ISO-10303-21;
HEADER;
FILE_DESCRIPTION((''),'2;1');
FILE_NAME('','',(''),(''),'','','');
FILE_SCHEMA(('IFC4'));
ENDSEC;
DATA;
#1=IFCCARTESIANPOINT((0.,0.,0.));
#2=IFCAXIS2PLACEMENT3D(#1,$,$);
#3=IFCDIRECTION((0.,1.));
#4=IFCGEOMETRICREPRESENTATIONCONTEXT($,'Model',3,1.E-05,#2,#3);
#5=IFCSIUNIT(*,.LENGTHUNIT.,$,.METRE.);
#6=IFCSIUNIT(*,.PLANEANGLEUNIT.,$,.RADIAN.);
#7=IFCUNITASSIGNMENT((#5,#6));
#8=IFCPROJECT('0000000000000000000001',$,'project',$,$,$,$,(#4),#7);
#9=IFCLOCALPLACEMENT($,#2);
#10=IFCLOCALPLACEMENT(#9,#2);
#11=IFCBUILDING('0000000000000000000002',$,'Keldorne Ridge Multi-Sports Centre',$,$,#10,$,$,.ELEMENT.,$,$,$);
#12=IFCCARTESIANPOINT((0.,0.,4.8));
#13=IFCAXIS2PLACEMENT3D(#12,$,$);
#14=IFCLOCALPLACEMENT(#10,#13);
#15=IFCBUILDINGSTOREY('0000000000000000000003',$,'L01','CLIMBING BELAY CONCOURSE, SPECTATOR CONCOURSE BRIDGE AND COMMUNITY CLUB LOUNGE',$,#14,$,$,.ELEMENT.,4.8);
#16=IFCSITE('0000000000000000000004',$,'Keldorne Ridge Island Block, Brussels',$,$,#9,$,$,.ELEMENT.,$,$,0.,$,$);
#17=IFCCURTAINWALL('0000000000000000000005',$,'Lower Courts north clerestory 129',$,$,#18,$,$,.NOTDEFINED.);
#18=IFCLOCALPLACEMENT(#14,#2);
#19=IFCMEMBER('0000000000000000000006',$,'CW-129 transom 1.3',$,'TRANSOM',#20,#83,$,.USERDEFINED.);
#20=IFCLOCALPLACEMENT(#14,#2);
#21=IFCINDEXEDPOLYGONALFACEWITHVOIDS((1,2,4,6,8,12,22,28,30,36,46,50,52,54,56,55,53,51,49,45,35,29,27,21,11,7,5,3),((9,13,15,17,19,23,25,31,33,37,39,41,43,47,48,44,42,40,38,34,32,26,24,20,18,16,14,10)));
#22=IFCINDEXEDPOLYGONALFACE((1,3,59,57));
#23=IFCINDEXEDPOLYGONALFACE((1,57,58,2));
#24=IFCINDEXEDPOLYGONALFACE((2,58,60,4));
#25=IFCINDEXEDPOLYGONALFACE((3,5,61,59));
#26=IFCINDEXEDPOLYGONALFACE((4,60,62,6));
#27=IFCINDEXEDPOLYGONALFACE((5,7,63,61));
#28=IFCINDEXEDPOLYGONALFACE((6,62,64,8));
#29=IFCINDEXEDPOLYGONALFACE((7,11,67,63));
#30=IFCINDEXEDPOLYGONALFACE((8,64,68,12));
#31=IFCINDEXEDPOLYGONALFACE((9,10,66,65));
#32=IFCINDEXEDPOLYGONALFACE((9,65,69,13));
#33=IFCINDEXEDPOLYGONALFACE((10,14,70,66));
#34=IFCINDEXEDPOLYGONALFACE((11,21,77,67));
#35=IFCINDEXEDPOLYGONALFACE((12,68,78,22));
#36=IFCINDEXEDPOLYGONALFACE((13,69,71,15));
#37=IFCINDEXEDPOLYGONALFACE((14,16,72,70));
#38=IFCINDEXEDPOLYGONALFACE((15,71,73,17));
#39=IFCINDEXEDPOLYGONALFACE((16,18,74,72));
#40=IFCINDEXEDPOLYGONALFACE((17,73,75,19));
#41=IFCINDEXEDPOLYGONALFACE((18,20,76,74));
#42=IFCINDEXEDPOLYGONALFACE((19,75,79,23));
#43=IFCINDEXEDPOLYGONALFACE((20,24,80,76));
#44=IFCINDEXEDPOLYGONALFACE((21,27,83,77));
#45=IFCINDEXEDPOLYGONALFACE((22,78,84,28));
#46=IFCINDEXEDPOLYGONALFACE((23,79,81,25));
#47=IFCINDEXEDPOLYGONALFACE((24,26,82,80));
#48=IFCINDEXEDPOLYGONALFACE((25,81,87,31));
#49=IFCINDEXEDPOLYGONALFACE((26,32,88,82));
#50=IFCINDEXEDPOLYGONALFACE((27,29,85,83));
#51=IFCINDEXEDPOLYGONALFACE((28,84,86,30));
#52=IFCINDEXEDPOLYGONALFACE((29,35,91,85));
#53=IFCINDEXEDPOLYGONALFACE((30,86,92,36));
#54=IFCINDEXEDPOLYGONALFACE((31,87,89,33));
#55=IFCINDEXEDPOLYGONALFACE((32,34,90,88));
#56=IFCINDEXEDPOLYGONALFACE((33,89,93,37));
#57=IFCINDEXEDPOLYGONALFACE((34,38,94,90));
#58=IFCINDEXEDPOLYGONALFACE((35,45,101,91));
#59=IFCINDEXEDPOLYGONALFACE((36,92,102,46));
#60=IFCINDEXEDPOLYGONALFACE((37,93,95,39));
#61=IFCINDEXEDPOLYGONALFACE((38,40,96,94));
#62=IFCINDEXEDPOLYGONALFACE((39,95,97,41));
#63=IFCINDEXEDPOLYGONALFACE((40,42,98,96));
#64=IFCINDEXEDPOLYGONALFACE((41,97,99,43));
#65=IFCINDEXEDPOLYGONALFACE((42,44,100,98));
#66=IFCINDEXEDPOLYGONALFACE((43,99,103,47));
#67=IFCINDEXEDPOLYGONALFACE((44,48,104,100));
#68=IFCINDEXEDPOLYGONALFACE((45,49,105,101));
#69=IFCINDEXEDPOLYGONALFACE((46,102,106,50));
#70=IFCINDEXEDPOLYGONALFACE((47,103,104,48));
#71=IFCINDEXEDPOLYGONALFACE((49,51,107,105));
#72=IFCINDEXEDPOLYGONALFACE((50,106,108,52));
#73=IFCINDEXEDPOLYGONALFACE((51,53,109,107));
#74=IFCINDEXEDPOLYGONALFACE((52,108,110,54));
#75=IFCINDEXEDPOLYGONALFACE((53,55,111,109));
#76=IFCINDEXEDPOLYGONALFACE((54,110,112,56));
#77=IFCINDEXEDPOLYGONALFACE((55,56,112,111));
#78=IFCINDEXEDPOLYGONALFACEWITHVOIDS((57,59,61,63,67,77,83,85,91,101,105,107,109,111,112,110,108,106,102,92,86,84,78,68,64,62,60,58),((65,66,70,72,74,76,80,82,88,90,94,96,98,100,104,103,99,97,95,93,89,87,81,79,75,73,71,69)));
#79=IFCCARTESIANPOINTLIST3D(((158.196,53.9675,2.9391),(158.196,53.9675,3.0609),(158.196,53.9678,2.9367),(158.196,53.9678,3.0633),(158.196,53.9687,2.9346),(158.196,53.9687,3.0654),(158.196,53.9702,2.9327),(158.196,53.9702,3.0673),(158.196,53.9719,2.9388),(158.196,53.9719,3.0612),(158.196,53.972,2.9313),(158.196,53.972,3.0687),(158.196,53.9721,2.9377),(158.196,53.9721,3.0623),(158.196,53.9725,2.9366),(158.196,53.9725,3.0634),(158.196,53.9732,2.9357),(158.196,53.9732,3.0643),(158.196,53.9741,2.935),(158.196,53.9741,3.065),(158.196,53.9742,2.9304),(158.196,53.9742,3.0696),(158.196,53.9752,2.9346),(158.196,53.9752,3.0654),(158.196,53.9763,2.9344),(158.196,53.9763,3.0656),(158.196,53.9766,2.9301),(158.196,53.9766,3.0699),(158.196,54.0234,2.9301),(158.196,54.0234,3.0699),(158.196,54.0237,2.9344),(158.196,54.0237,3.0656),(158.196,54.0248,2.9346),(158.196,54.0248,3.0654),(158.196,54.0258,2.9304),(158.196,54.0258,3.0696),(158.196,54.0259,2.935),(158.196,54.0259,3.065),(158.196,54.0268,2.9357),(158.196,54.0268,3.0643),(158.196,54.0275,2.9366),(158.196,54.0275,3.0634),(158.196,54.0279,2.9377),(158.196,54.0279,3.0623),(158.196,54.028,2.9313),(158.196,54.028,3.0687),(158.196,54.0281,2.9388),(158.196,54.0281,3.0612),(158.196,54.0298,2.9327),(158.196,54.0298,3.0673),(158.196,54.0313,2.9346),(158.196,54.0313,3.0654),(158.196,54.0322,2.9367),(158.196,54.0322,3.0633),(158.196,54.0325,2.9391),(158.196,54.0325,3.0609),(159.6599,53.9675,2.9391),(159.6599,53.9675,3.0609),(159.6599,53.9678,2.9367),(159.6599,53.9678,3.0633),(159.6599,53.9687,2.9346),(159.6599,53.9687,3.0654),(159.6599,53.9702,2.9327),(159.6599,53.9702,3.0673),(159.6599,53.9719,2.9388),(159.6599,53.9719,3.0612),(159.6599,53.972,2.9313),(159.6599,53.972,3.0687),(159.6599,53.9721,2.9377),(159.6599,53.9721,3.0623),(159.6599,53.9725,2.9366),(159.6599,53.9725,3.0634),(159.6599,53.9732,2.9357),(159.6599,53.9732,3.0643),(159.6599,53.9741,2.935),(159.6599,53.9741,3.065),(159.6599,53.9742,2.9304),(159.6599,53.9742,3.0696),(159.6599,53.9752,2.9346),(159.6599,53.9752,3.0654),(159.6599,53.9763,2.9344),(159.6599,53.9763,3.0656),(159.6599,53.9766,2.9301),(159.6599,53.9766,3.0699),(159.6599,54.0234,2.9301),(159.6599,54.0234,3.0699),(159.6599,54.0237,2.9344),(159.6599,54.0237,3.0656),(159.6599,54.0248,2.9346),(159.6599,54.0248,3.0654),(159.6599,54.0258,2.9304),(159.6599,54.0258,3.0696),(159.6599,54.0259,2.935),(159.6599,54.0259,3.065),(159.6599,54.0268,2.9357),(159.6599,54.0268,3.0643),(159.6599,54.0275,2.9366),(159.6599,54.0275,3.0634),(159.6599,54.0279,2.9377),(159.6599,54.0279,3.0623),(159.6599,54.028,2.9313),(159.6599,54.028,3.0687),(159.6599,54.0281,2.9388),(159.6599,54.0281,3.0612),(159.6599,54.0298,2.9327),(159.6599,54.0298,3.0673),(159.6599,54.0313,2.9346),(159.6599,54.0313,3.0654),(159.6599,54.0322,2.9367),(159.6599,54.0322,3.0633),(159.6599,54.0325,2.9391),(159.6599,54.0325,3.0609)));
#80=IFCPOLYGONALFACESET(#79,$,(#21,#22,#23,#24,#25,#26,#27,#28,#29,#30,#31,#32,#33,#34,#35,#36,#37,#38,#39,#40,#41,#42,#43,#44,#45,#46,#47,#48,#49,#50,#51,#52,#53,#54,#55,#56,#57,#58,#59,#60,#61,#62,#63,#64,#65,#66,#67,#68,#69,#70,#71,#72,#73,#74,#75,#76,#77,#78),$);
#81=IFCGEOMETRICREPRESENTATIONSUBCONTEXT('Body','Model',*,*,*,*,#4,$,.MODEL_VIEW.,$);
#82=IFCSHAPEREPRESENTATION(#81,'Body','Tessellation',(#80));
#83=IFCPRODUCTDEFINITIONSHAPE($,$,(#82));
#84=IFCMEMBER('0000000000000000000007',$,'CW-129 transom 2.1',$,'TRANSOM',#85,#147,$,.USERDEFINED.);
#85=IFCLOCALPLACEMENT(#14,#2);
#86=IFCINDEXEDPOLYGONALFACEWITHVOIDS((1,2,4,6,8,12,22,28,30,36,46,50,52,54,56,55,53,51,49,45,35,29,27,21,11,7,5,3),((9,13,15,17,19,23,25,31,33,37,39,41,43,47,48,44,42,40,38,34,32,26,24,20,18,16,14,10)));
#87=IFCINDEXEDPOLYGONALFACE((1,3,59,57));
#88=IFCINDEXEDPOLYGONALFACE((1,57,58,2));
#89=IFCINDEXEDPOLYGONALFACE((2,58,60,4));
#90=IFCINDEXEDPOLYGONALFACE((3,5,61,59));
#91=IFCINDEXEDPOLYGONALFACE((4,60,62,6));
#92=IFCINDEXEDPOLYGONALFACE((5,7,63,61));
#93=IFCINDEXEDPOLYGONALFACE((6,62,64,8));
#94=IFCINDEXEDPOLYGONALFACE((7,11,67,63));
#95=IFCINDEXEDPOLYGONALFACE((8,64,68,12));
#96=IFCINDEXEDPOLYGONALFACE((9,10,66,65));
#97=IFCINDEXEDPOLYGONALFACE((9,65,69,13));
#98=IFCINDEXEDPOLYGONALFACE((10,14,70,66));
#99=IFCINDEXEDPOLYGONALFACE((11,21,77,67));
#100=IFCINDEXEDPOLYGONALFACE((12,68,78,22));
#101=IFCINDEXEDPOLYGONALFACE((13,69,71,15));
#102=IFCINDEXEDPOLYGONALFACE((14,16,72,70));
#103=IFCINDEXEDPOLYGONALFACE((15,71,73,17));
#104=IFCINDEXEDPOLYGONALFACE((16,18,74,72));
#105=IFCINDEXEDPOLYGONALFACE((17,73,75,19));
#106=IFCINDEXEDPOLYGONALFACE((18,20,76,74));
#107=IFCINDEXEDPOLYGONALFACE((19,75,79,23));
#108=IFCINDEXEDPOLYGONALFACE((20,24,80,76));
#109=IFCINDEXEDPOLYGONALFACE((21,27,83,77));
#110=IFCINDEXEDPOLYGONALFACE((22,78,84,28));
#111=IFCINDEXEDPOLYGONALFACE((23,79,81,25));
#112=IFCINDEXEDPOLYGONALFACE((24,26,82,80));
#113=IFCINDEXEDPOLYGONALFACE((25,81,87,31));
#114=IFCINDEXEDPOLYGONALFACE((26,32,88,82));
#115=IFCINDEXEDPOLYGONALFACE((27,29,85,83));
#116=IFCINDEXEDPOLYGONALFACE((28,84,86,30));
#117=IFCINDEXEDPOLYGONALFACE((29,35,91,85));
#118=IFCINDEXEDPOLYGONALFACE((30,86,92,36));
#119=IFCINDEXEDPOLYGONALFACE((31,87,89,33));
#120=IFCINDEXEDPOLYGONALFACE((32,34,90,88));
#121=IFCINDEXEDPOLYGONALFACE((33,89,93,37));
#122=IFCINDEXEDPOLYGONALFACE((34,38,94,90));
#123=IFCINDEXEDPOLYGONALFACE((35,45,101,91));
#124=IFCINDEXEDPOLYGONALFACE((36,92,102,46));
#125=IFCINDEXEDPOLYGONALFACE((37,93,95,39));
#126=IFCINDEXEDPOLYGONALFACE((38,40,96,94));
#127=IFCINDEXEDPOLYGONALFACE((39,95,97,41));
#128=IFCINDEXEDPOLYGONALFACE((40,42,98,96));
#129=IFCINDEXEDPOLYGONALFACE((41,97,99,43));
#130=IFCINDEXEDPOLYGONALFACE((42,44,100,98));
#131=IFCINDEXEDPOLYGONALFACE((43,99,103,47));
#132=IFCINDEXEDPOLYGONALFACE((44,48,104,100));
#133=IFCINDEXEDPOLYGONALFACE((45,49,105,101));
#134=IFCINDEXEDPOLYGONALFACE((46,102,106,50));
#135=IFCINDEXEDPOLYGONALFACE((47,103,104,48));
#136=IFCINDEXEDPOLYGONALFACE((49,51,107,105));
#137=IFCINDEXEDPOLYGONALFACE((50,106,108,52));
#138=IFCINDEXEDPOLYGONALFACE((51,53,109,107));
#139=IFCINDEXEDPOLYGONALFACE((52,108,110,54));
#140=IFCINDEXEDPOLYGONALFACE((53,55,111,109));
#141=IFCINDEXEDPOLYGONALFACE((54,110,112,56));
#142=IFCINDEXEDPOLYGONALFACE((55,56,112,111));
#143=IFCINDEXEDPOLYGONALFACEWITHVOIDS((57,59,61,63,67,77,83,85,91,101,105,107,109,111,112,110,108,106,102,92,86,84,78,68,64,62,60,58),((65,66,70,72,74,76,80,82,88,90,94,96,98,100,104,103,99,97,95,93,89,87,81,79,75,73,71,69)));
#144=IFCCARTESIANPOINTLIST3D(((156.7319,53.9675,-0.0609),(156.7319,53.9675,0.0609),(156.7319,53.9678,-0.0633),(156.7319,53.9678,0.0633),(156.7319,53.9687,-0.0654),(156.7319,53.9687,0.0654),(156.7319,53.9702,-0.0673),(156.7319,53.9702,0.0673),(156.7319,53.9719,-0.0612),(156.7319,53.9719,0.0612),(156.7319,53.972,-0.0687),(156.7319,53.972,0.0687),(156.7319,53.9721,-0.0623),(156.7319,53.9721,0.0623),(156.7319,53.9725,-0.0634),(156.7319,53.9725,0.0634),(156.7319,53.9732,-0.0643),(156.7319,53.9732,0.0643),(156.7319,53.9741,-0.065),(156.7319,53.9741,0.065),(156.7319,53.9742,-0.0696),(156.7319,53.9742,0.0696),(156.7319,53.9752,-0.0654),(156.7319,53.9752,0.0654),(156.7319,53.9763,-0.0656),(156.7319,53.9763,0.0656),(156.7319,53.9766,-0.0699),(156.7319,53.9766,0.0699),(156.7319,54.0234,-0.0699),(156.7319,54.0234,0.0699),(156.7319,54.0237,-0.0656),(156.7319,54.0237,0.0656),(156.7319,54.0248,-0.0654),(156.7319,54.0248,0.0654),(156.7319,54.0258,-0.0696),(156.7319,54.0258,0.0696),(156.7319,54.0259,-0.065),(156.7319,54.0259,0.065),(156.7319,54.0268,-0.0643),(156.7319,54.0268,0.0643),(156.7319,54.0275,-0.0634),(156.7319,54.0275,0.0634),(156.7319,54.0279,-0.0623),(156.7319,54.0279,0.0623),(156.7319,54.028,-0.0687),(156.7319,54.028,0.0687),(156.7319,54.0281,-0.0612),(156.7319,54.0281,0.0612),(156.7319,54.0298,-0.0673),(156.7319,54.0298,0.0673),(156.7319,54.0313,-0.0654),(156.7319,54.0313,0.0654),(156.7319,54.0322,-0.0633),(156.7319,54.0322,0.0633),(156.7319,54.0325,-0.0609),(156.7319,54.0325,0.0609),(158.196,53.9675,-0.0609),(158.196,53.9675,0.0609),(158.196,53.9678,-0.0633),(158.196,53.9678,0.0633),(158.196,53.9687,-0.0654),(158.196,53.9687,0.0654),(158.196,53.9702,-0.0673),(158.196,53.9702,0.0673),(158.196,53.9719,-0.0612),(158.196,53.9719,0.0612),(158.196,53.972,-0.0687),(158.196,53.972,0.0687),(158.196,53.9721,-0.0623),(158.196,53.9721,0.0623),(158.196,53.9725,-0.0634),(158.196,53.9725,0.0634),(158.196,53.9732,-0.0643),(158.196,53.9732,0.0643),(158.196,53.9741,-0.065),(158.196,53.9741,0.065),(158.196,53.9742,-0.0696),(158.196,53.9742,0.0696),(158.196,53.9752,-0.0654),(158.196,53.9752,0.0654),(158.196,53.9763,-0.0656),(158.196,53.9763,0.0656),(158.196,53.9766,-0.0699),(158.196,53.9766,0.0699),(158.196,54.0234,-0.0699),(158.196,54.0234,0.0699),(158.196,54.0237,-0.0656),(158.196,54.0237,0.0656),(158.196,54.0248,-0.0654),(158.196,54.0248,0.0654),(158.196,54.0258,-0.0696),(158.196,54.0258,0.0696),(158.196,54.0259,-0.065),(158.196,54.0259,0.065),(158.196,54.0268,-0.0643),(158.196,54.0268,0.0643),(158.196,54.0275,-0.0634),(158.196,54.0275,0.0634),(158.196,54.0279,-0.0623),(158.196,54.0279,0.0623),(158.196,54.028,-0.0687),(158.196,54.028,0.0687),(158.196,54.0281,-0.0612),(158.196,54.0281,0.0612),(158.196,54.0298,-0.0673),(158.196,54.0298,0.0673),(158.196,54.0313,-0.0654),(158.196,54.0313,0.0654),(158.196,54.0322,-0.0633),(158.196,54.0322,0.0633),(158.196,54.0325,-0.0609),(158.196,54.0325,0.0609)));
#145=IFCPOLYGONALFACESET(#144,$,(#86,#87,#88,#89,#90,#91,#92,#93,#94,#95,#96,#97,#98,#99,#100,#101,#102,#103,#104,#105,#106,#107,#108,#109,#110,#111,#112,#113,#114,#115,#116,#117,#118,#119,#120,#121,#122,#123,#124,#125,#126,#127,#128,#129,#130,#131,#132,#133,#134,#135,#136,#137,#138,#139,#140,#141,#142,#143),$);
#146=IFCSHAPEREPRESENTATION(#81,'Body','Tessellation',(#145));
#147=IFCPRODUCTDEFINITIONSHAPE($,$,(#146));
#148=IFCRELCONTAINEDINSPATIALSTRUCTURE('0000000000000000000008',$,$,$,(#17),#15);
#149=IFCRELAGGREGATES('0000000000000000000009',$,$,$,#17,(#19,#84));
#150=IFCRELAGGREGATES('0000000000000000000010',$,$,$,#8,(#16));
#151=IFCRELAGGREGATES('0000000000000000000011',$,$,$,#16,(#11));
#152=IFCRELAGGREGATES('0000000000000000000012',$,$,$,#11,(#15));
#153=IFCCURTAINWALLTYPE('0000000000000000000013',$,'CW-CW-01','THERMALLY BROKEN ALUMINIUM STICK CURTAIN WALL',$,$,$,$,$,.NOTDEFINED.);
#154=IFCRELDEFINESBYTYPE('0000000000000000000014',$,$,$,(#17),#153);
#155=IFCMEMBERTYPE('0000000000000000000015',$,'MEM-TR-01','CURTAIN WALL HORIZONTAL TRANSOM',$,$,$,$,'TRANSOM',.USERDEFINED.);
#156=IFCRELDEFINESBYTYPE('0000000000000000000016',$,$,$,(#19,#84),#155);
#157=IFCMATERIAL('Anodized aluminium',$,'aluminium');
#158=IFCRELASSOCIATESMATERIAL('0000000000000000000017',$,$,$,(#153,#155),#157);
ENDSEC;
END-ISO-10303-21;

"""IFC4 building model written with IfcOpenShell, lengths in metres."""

from ifc_helpers import new_model, si_unit, direction, frame, origin, origin_2d, place, context, subcontext, project, spatial, hollow_rectangle, extrude, material, material_profile, profile_set, type_object, element, aggregate, save


model = new_model("IFC4")

# Units and contexts
model_context = context("Model", 3, precision=1e-05, world=origin(), true_north=direction((0.0, 1.0)))
body_context = subcontext(model_context, "Body", "Model", "MODEL_VIEW")
ifc_project = project(units=[si_unit("LENGTHUNIT", "METRE"), si_unit("PLANEANGLEUNIT", "RADIAN")], contexts=[model_context])

# Site, building, storey
site_placement = place(None, origin())
site = spatial("IfcSite", under=ifc_project, at=site_placement, Name="Keldorne Ridge Island Block, Brussels", CompositionType="ELEMENT", RefElevation=0.0)
building_placement = place(site_placement, origin())
building = spatial("IfcBuilding", under=site, at=building_placement, Name="Keldorne Ridge Multi-Sports Centre", CompositionType="ELEMENT")
storey_placement = place(building_placement, frame((0.0, 0.0, 4.8)))
storey = spatial("IfcBuildingStorey", under=building, at=storey_placement, Name="L01", Description="CLIMBING BELAY CONCOURSE, SPECTATOR CONCOURSE BRIDGE AND COMMUNITY CLUB LOUNGE", CompositionType="ELEMENT", Elevation=4.8)

# Curtain wall, members
ifc_material_1 = material(Name="Anodized aluminium", Category="aluminium")
curtain_wall_type = type_object("IfcCurtainWallType", Name="CW-CW-01", Description="THERMALLY BROKEN ALUMINIUM STICK CURTAIN WALL", PredefinedType="NOTDEFINED", material=ifc_material_1)
curtain_wall_placement = place(storey_placement, origin())
curtain_wall = element("IfcCurtainWall", 1, at=curtain_wall_placement, inside=storey, type_object=curtain_wall_type, Name="Lower Courts north clerestory 129", PredefinedType="NOTDEFINED")
ifc_material_profile_1 = material_profile(ifc_material_1, hollow_rectangle(XDim=0.0649, YDim=0.1399, WallThickness=0.0044, InnerFilletRadius=0.0044, OuterFilletRadius=0.009, at=origin_2d()), Name="ALU TRANSOM 140x65x4.5")
ifc_profile_set_1 = profile_set([ifc_material_profile_1], Name="Anodized aluminium")
member_type_1 = type_object("IfcMemberType", Name="MEM-TR-01", Description="CURTAIN WALL HORIZONTAL TRANSOM", ElementType="TRANSOM", PredefinedType="USERDEFINED", material=ifc_profile_set_1)
member_1_placement = place(storey_placement, frame((159.6599, 54.0, 3.0), z_axis=(-1.0, 0.0, 0.0), x_axis=(0.0, -1.0, 0.0)))
member_1 = element("IfcMember", 2, at=member_1_placement, type_object=member_type_1, Name="CW-129 transom 1.3", ObjectType="TRANSOM", PredefinedType="USERDEFINED", context=body_context, shape_type="SweptSolid", body=[
    extrude(hollow_rectangle(XDim=0.0649, YDim=0.1399, WallThickness=0.0044, InnerFilletRadius=0.0044, OuterFilletRadius=0.009, at=origin_2d()), origin(), (0.0, 0.0, 1.0), 1.4639),
])
member_2_placement = place(storey_placement, frame((158.196, 54.0, 0.0), z_axis=(-1.0, 0.0, 0.0), x_axis=(0.0, -1.0, 0.0)))
member_2 = element("IfcMember", 3, at=member_2_placement, type_object=member_type_1, Name="CW-129 transom 2.1", ObjectType="TRANSOM", PredefinedType="USERDEFINED", context=body_context, shape_type="SweptSolid", body=[
    extrude(hollow_rectangle(XDim=0.0649, YDim=0.1399, WallThickness=0.0044, InnerFilletRadius=0.0044, OuterFilletRadius=0.009, at=origin_2d()), origin(), (0.0, 0.0, 1.0), 1.4641),
])
aggregate(curtain_wall, [member_1, member_2])

save(model, "model.ifc")
